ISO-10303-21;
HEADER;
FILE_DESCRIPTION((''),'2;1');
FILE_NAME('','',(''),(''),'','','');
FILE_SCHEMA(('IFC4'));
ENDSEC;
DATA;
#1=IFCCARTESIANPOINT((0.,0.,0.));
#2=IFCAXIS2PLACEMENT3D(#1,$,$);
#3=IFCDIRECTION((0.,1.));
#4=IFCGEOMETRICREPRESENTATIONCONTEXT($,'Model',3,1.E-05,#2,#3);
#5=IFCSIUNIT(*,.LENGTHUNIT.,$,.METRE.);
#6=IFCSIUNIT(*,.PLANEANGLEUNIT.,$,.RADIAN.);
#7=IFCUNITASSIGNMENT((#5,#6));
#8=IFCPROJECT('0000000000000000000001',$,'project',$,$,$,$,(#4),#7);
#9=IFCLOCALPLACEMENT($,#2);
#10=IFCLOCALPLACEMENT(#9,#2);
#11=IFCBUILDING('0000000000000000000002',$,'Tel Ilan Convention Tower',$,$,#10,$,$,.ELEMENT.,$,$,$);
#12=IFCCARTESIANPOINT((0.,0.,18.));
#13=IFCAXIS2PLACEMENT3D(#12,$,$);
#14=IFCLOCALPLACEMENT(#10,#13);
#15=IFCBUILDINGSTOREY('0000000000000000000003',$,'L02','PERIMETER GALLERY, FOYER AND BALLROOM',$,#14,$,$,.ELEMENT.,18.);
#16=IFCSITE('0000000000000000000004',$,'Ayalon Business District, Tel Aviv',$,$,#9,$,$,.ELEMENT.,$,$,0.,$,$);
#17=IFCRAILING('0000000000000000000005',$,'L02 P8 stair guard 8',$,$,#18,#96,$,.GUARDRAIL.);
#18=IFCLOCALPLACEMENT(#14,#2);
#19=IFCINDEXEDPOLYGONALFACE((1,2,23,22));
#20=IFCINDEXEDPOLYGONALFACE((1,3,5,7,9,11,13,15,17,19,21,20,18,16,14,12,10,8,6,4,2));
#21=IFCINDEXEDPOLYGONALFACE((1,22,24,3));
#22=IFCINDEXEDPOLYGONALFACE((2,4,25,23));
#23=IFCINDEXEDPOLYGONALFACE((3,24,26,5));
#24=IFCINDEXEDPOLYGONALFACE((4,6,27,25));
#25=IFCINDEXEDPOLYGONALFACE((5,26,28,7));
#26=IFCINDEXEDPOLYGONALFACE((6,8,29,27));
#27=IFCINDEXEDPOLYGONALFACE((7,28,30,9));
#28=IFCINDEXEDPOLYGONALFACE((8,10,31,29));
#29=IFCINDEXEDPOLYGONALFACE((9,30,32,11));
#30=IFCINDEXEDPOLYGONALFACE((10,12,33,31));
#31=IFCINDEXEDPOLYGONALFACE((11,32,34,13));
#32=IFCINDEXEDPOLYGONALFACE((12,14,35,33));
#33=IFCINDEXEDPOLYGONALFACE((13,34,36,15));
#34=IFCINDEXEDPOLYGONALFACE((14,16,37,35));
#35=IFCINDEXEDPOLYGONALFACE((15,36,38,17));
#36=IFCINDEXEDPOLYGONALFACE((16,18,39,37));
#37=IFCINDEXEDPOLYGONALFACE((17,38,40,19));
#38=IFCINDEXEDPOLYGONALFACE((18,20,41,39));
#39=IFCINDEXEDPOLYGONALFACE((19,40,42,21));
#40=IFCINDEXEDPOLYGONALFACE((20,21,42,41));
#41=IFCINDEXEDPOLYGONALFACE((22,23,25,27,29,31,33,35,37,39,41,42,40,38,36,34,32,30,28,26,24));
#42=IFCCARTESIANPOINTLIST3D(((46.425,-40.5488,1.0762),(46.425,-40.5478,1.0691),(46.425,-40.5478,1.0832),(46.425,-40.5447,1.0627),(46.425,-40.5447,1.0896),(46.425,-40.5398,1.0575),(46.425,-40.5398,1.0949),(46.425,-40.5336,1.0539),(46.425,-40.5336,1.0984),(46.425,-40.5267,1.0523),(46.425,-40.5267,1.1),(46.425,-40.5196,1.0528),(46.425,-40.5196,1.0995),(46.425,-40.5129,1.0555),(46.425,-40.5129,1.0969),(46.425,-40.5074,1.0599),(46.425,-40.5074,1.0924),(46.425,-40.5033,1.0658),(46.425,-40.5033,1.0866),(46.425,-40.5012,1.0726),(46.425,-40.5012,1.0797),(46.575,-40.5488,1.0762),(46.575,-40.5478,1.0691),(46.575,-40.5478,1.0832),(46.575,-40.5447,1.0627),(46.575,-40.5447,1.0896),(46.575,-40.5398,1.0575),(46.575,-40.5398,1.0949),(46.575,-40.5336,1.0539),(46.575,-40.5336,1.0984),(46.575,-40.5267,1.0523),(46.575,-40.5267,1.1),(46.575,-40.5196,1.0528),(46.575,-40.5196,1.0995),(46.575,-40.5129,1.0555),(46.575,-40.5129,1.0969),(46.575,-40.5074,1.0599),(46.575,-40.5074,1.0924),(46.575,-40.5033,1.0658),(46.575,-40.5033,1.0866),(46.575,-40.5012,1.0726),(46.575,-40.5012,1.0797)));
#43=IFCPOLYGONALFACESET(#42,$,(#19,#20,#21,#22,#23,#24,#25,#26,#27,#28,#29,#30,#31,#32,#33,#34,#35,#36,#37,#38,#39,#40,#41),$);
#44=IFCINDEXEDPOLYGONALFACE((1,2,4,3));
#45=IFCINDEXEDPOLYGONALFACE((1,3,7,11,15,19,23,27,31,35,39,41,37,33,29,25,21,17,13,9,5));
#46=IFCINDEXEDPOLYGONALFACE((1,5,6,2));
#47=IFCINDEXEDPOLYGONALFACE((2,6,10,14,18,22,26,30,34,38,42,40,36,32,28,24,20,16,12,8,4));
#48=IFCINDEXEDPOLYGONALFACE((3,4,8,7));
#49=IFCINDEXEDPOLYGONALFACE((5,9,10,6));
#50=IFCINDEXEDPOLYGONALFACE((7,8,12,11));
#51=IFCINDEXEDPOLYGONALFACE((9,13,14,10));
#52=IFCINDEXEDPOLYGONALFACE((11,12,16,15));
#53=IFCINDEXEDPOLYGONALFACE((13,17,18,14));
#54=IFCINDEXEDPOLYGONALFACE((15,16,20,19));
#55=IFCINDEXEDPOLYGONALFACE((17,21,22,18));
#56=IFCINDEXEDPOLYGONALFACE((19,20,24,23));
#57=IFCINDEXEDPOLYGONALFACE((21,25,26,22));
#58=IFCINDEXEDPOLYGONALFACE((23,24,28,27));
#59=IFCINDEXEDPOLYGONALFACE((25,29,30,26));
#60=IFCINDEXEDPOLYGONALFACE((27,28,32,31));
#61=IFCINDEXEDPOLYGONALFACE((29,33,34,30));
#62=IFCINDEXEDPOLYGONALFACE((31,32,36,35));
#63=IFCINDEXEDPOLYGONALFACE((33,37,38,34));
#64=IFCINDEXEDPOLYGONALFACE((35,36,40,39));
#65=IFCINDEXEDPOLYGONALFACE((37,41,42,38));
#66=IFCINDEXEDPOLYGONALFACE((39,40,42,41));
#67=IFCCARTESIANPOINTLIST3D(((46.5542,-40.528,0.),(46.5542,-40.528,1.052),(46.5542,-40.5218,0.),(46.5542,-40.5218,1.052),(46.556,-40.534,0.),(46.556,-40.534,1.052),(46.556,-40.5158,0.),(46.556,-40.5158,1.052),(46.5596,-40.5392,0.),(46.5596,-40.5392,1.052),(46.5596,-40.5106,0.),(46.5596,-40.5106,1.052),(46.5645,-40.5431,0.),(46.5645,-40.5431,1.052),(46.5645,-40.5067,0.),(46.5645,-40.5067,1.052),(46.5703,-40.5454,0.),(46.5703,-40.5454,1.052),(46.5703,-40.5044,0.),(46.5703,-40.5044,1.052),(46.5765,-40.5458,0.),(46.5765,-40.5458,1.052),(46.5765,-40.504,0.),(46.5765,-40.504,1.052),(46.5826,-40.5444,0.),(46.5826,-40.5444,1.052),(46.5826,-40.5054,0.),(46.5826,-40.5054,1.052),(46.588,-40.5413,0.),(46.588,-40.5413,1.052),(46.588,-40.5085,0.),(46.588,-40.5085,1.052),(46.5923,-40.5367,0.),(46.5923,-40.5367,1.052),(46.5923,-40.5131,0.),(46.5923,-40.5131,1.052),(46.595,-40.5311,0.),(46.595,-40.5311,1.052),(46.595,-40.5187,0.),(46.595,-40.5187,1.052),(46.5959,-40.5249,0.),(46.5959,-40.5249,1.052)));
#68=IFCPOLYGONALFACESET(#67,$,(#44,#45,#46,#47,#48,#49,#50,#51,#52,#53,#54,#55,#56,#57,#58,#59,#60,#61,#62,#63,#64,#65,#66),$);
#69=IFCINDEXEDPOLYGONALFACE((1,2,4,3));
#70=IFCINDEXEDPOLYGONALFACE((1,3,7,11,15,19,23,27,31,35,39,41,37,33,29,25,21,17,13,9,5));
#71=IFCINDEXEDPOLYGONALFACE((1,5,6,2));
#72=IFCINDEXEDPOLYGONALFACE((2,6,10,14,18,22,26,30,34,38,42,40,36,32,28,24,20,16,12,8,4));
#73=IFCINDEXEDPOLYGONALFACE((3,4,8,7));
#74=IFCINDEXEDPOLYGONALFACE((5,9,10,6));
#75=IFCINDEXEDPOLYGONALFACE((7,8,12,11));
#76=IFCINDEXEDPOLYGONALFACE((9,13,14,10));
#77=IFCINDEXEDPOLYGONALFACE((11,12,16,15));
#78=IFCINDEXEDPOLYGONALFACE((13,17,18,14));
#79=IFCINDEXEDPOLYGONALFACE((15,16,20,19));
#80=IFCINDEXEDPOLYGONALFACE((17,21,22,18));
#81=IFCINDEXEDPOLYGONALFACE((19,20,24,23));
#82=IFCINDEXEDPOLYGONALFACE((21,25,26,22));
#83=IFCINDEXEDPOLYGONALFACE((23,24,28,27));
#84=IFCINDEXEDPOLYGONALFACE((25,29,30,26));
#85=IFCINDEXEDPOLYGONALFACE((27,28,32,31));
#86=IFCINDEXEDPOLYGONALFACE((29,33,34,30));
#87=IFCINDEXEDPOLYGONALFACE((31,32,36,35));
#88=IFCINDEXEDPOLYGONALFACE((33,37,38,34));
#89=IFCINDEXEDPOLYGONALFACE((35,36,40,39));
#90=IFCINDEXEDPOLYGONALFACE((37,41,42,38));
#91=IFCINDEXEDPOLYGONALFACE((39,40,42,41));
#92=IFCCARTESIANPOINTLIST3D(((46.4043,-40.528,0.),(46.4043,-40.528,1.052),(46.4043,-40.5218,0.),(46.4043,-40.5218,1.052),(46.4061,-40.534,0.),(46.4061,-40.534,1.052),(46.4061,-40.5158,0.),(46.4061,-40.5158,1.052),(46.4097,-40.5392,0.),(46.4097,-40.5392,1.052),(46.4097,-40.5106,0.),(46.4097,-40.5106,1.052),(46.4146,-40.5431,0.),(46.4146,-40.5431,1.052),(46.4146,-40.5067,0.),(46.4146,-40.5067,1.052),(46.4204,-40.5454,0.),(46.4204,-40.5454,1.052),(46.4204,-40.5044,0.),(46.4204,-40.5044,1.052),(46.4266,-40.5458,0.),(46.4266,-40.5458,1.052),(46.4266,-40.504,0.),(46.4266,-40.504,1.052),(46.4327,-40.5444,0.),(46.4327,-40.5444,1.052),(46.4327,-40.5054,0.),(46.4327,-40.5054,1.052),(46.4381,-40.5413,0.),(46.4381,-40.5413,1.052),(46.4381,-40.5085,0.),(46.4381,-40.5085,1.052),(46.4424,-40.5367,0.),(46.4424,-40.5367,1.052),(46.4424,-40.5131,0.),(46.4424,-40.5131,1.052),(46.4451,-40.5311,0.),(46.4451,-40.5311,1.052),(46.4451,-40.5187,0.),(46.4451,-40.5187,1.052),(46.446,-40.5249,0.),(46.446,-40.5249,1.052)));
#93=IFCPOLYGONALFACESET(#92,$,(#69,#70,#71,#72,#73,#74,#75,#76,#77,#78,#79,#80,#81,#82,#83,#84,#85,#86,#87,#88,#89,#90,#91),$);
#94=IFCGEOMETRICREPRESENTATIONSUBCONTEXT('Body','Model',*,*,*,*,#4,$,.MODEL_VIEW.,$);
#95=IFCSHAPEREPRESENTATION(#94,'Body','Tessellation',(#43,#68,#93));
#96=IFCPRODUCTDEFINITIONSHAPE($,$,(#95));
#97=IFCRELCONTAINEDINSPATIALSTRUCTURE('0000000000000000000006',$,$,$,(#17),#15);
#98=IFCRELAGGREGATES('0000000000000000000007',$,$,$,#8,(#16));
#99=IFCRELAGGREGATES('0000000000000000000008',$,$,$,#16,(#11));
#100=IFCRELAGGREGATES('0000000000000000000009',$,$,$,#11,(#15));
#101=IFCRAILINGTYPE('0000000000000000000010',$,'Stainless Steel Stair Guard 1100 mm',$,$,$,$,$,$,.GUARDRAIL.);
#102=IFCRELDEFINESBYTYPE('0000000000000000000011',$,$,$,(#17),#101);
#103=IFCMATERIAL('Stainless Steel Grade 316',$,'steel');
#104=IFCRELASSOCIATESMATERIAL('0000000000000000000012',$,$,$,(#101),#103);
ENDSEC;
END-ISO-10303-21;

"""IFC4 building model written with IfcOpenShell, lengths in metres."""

from ifc_helpers import new_model, si_unit, direction, frame, origin, origin_2d, place, context, subcontext, project, spatial, circle, extrude, material, type_object, element, save


model = new_model("IFC4")

# Units and contexts
model_context = context("Model", 3, precision=1e-05, world=origin(), true_north=direction((0.0, 1.0)))
body_context = subcontext(model_context, "Body", "Model", "MODEL_VIEW")
ifc_project = project(units=[si_unit("LENGTHUNIT", "METRE"), si_unit("PLANEANGLEUNIT", "RADIAN")], contexts=[model_context])

# Site, building, storey
site_placement = place(None, origin())
site = spatial("IfcSite", under=ifc_project, at=site_placement, Name="Ayalon Business District, Tel Aviv", CompositionType="ELEMENT", RefElevation=0.0)
building_placement = place(site_placement, origin())
building = spatial("IfcBuilding", under=site, at=building_placement, Name="Tel Ilan Convention Tower", CompositionType="ELEMENT")
storey_placement = place(building_placement, frame((0.0, 0.0, 18.0)))
storey = spatial("IfcBuildingStorey", under=building, at=storey_placement, Name="L02", Description="PERIMETER GALLERY, FOYER AND BALLROOM", CompositionType="ELEMENT", Elevation=18.0)

# Railing
ifc_material_1 = material(Name="Stainless Steel Grade 316", Category="steel")
railing_type_1 = type_object("IfcRailingType", Name="Stainless Steel Stair Guard 1100 mm", PredefinedType="GUARDRAIL", material=ifc_material_1)
railing_1_placement = place(storey_placement, frame((46.575, -40.5249, 0.0)))
element("IfcRailing", 1, at=railing_1_placement, inside=storey, type_object=railing_type_1, Name="L02 P8 stair guard 8", PredefinedType="GUARDRAIL", context=body_context, shape_type="SweptSolid", body=[
    extrude(circle(Radius=0.0239, at=origin_2d()), frame((0.0, 0.0, 1.0762), z_axis=(-1.0, 0.0, 0.0), x_axis=(0.0, -1.0, 0.0)), (0.0, 0.0, 1.0), 0.1499),
    extrude(circle(Radius=0.021, at=origin_2d()), origin(), (0.0, 0.0, 1.0), 1.052),
    extrude(circle(Radius=0.021, at=origin_2d()), frame((-0.1499, 0.0, 0.0)), (0.0, 0.0, 1.0), 1.052),
])

save(model, "model.ifc")
